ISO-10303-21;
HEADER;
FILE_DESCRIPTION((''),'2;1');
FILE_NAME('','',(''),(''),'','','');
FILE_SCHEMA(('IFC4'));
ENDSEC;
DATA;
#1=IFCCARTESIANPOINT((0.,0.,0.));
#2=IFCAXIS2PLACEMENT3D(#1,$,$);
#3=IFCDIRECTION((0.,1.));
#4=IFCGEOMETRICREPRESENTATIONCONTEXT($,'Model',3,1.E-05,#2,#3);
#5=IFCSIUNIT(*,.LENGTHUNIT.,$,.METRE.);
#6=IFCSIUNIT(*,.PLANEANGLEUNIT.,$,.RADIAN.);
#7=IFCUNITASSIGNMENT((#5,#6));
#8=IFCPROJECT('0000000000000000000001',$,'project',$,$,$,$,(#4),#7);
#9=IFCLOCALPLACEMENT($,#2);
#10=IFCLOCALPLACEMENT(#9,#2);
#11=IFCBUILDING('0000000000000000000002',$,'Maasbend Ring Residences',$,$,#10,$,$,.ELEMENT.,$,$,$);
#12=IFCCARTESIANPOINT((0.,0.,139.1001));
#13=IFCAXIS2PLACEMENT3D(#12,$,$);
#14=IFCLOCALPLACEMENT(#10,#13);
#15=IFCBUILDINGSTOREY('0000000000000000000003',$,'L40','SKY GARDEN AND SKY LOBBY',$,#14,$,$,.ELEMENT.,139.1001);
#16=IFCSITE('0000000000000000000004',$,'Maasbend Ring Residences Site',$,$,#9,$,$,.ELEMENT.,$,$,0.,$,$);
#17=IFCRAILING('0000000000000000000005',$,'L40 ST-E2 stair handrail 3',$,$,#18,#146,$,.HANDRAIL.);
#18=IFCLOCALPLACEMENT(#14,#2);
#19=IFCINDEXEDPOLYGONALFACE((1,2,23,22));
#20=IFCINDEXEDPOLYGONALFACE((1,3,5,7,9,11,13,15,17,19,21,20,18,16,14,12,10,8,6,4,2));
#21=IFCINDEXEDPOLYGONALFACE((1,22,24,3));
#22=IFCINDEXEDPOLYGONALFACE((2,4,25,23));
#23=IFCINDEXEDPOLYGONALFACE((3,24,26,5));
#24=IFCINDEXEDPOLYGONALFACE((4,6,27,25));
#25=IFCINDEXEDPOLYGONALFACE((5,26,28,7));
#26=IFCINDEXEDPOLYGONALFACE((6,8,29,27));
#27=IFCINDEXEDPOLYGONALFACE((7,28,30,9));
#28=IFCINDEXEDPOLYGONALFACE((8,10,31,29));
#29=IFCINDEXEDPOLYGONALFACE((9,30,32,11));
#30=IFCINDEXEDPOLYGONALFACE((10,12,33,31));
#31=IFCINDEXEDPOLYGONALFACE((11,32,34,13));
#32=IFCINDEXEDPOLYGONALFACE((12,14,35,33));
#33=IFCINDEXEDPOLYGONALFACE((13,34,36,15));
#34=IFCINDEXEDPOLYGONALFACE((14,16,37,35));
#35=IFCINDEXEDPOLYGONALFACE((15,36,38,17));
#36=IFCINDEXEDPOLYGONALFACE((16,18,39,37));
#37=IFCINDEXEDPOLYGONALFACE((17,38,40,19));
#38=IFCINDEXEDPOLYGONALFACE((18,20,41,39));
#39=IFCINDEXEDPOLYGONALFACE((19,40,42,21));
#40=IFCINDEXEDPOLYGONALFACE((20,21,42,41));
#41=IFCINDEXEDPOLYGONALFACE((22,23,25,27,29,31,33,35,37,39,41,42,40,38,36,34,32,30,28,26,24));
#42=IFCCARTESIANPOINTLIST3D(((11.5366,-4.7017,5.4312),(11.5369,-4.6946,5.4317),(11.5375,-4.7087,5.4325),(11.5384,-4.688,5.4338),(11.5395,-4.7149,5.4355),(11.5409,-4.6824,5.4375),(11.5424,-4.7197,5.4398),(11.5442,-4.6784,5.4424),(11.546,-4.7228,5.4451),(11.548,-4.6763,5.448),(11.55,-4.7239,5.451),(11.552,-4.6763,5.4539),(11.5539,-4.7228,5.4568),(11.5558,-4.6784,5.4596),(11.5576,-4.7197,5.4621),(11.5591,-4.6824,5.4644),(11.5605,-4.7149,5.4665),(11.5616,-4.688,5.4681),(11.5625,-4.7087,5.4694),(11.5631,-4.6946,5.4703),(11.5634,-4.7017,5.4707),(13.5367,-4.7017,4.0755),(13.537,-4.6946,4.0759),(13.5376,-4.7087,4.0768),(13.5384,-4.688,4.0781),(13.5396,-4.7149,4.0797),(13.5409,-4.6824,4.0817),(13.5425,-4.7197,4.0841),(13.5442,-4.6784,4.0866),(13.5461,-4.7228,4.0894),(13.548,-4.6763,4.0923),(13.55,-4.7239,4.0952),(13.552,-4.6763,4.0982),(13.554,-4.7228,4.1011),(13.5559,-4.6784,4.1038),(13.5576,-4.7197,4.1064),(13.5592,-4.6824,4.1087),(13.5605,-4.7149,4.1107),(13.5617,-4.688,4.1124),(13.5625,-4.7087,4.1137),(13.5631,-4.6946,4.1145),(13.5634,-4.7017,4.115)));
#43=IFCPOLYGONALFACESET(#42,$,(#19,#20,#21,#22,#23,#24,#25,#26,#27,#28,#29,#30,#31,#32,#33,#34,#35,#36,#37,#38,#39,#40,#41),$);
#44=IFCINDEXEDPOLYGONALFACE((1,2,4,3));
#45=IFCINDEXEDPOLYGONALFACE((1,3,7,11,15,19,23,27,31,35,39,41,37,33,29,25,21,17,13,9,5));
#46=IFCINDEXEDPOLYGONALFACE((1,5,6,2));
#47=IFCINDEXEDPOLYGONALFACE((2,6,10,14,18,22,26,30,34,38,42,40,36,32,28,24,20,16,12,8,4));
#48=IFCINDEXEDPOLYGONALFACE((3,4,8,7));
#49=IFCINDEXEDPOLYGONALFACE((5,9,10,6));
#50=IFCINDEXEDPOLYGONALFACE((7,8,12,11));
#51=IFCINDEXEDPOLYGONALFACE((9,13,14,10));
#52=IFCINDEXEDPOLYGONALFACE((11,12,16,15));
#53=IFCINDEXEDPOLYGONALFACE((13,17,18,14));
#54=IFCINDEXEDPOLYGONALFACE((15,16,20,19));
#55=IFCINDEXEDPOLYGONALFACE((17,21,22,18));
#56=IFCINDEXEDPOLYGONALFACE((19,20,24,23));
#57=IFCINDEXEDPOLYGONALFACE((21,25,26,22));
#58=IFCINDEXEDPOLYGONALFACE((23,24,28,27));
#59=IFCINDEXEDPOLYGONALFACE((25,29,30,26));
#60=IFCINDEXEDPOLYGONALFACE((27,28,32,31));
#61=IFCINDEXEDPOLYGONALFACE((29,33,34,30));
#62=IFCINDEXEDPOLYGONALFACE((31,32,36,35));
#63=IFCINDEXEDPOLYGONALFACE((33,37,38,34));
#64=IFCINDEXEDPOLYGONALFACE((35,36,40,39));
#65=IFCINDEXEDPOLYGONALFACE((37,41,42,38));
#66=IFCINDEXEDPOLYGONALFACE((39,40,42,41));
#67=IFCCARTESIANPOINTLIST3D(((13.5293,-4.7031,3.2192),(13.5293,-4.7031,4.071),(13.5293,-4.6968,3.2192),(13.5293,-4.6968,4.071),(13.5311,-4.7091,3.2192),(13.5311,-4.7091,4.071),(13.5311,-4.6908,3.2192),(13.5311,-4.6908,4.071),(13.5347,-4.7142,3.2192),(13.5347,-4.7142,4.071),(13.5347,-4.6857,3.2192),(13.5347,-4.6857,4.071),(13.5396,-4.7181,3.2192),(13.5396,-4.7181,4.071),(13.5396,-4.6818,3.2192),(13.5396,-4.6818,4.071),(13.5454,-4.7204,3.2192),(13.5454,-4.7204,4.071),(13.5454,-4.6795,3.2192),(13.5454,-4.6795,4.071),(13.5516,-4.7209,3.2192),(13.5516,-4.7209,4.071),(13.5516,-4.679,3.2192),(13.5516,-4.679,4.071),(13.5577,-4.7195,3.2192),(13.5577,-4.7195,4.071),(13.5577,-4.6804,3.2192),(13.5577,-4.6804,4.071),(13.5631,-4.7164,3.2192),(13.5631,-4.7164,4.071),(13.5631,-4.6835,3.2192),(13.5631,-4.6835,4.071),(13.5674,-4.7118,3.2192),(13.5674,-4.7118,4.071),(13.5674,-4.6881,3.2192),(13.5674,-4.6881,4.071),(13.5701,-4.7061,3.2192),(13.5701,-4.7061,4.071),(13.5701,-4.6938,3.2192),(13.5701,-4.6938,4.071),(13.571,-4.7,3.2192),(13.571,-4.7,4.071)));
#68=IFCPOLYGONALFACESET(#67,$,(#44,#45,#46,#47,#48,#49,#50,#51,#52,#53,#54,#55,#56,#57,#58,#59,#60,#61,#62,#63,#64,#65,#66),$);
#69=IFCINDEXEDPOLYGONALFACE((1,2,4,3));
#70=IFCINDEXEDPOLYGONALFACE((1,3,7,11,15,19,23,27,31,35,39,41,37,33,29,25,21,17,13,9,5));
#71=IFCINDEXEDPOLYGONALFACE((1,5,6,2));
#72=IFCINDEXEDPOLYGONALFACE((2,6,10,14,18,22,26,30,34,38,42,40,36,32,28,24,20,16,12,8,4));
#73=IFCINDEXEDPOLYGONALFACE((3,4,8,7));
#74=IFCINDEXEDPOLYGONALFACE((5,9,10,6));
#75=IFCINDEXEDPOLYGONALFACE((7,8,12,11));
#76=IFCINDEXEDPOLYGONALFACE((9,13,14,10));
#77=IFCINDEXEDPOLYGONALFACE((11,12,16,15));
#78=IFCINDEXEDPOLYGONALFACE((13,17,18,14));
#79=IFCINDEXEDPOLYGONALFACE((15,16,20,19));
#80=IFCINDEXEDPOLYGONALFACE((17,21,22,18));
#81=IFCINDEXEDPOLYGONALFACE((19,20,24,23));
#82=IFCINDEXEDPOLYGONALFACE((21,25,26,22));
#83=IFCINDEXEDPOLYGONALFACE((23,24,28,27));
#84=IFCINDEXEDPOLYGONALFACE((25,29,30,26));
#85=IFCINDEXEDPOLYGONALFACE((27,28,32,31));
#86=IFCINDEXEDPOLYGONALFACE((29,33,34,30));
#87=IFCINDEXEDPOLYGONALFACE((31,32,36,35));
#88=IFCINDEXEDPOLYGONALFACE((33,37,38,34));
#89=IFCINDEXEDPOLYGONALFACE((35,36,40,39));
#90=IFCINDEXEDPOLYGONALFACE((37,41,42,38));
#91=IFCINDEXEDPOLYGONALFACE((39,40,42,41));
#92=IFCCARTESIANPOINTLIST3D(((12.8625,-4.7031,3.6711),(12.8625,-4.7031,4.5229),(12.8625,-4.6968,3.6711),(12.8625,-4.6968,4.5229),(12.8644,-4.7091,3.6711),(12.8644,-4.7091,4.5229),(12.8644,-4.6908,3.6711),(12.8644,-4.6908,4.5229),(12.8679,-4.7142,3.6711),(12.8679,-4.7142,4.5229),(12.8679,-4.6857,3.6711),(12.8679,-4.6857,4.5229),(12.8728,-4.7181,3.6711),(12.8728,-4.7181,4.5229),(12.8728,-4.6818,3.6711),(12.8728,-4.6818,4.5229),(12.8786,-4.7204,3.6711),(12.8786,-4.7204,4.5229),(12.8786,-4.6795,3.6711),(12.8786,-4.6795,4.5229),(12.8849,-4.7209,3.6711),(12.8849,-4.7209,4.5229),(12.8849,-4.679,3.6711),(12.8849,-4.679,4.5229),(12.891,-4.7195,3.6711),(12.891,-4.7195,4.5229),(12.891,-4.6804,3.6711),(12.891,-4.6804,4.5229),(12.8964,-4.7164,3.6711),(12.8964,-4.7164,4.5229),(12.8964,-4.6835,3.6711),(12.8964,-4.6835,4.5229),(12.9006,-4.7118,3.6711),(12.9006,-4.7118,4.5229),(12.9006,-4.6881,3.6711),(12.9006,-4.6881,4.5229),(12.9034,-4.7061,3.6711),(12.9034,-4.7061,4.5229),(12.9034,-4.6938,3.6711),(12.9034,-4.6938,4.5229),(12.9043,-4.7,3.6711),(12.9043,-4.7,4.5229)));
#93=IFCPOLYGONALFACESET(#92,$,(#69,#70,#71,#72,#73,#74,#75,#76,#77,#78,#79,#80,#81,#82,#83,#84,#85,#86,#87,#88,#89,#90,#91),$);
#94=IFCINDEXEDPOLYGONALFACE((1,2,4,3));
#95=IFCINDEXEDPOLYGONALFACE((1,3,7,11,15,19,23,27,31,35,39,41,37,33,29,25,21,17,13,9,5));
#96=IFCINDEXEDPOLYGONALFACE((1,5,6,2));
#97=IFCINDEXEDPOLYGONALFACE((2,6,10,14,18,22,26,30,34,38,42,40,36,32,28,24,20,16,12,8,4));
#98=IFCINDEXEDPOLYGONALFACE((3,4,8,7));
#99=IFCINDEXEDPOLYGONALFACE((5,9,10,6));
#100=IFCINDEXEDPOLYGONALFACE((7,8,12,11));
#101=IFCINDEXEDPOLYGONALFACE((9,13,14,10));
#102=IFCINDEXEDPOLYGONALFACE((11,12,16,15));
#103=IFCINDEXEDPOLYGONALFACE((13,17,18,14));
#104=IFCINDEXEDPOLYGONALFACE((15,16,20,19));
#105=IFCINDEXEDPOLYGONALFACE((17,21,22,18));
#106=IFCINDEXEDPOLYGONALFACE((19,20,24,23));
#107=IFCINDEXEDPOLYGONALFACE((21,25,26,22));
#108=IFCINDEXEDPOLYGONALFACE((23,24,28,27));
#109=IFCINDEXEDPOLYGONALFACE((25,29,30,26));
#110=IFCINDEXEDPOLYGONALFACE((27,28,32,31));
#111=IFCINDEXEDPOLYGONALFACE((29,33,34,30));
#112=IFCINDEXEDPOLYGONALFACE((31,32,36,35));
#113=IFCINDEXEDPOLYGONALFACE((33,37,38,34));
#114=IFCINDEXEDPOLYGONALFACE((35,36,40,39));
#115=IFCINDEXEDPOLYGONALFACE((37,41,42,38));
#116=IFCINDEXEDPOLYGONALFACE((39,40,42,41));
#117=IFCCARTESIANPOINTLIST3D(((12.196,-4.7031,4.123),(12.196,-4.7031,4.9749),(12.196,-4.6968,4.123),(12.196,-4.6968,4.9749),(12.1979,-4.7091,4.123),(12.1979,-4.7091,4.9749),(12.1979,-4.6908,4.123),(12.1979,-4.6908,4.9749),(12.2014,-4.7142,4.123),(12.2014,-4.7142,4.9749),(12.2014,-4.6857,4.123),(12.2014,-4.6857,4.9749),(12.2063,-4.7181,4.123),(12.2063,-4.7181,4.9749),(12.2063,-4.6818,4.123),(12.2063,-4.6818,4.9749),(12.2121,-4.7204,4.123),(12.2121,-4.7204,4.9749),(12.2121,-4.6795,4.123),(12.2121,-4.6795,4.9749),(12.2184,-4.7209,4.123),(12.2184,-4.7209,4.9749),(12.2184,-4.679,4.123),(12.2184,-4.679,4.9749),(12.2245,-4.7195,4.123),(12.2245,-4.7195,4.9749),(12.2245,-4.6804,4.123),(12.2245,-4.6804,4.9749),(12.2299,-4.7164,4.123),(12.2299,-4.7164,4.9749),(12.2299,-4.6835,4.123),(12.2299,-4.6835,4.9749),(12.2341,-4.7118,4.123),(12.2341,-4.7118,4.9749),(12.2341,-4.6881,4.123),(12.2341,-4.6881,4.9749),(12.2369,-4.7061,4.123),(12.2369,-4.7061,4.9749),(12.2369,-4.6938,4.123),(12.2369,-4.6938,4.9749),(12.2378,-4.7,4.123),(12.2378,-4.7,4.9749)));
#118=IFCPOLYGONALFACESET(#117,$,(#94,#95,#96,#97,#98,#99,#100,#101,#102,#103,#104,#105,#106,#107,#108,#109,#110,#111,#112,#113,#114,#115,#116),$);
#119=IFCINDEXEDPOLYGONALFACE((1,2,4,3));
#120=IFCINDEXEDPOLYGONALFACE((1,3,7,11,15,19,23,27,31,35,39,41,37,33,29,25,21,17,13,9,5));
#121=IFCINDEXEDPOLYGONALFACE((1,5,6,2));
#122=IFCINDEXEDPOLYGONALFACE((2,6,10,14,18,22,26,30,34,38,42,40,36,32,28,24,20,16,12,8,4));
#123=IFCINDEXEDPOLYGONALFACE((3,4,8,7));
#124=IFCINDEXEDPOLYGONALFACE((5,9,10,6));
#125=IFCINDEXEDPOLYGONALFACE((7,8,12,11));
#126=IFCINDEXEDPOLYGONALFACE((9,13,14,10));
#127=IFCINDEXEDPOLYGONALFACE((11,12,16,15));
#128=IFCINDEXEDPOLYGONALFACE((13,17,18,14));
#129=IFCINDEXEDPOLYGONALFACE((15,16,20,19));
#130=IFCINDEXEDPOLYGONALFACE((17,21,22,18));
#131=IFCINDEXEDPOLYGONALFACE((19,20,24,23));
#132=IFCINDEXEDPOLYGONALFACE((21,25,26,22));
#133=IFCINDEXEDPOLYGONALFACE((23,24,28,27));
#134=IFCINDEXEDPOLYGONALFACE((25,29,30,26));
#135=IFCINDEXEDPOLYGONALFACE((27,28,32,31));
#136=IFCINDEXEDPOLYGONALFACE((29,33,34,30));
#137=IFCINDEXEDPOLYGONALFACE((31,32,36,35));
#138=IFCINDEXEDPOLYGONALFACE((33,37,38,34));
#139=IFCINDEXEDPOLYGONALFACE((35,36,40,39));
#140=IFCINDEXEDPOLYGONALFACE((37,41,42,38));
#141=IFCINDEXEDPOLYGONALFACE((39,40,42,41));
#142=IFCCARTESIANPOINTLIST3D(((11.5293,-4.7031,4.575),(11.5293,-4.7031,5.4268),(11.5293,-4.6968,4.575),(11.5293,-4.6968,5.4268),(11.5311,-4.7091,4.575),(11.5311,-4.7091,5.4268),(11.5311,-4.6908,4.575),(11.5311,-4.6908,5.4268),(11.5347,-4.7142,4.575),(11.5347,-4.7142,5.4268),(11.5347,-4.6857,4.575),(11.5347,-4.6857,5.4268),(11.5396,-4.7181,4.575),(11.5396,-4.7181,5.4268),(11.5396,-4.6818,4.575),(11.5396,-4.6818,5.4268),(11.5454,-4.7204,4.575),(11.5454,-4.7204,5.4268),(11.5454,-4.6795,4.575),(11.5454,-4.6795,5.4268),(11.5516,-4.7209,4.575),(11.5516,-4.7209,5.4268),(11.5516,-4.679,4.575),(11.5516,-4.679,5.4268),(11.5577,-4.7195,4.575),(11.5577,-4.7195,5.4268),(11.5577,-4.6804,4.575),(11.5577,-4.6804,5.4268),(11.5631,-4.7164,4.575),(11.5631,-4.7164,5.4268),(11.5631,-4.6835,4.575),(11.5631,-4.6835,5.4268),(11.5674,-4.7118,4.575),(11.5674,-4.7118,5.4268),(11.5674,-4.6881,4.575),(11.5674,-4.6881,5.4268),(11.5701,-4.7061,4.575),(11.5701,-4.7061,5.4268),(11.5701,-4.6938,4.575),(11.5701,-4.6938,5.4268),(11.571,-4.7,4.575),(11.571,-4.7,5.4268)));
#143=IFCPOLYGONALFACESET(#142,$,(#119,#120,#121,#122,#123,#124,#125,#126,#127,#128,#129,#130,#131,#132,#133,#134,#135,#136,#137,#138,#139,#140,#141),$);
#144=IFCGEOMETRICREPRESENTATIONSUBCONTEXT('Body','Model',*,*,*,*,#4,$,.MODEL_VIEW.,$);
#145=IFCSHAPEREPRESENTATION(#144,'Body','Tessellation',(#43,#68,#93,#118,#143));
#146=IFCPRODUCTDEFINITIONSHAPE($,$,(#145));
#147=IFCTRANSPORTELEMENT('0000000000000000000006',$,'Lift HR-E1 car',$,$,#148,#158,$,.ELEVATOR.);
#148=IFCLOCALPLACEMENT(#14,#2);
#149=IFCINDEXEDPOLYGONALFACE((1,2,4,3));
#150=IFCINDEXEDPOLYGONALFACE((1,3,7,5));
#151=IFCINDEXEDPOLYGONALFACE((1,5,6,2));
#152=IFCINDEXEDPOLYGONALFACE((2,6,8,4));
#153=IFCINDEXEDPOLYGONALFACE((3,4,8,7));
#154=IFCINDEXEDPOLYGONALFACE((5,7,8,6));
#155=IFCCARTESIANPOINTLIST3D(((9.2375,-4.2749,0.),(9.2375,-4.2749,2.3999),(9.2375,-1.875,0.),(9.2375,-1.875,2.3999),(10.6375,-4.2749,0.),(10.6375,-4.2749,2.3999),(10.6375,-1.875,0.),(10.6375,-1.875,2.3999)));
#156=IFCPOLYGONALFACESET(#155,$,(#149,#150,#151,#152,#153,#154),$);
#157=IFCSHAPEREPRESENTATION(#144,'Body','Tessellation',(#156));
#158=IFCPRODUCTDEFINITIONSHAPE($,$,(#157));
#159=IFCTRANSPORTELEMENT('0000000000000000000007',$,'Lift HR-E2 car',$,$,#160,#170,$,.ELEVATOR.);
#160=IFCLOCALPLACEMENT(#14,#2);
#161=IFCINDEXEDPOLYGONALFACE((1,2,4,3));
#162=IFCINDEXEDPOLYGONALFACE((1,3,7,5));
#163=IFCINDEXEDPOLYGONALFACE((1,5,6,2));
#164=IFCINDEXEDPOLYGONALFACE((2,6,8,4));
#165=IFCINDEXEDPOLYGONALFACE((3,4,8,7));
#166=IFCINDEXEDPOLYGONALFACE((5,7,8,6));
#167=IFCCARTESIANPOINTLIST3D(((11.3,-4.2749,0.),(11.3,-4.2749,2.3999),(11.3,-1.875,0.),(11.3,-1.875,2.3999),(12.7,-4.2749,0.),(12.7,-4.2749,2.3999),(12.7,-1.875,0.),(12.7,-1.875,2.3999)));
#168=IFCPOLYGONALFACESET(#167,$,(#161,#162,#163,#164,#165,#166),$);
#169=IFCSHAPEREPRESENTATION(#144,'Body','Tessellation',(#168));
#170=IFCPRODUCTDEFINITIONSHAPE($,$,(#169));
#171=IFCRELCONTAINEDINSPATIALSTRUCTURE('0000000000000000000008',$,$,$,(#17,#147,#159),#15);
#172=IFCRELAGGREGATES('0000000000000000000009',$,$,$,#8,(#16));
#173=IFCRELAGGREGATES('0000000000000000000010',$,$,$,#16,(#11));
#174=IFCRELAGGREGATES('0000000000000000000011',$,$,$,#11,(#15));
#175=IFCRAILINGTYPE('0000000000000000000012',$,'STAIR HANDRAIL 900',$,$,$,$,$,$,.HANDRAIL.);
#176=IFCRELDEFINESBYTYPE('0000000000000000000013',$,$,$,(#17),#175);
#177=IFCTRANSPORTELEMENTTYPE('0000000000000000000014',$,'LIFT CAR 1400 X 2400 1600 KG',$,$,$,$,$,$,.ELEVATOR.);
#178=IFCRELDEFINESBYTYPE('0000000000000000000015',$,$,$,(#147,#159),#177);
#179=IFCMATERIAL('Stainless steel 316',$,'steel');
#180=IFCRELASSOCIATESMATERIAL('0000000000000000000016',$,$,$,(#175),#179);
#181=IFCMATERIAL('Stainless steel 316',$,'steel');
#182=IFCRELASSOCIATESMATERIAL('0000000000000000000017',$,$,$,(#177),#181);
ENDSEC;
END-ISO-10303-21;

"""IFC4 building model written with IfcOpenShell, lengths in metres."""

from ifc_helpers import new_model, si_unit, direction, frame, origin, origin_2d, place, context, subcontext, project, spatial, rectangle, circle, extrude, material, type_object, element, save


model = new_model("IFC4")

# Units and contexts
model_context = context("Model", 3, precision=1e-05, world=origin(), true_north=direction((0.0, 1.0)))
body_context = subcontext(model_context, "Body", "Model", "MODEL_VIEW")
ifc_project = project(units=[si_unit("LENGTHUNIT", "METRE"), si_unit("PLANEANGLEUNIT", "RADIAN")], contexts=[model_context])

# Site, building, storey
site_placement = place(None, origin())
site = spatial("IfcSite", under=ifc_project, at=site_placement, Name="Maasbend Ring Residences Site", CompositionType="ELEMENT", RefElevation=0.0)
building_placement = place(site_placement, origin())
building = spatial("IfcBuilding", under=site, at=building_placement, Name="Maasbend Ring Residences", CompositionType="ELEMENT")
storey_placement = place(building_placement, frame((0.0, 0.0, 139.1001)))
storey = spatial("IfcBuildingStorey", under=building, at=storey_placement, Name="L40", Description="SKY GARDEN AND SKY LOBBY", CompositionType="ELEMENT", Elevation=139.1001)

# Railing
ifc_material_1 = material(Name="Stainless steel 316", Category="steel")
railing_type_1 = type_object("IfcRailingType", Name="STAIR HANDRAIL 900", PredefinedType="HANDRAIL", material=ifc_material_1)
railing_1_placement = place(storey_placement, frame((13.55, -4.7, 3.2192)))
element("IfcRailing", 1, at=railing_1_placement, inside=storey, type_object=railing_type_1, Name="L40 ST-E2 stair handrail 3", PredefinedType="HANDRAIL", context=body_context, shape_type="SweptSolid", body=[
    extrude(circle(Radius=0.0239, at=origin_2d()), frame((0.0, 0.0, 0.876), z_axis=(-0.827751, 0.0, 0.561096), x_axis=(0.0, -1.0, 0.0)), (0.0, 0.0, 1.0), 2.4163),
    extrude(circle(Radius=0.021, at=origin_2d()), origin(), (0.0, 0.0, 1.0), 0.8518),
    extrude(circle(Radius=0.021, at=origin_2d()), frame((-0.6667, 0.0, 0.4519)), (0.0, 0.0, 1.0), 0.8518),
    extrude(circle(Radius=0.021, at=origin_2d()), frame((-1.3333, 0.0, 0.9038)), (0.0, 0.0, 1.0), 0.8518),
    extrude(circle(Radius=0.021, at=origin_2d()), frame((-2.0, 0.0, 1.3557)), (0.0, 0.0, 1.0), 0.8518),
])

# Transport elements
ifc_material_2 = material(Name="Stainless steel 316", Category="steel")
transport_element_type = type_object("IfcTransportElementType", Name="LIFT CAR 1400 X 2400 1600 KG", PredefinedType="ELEVATOR", material=ifc_material_2)
for number, where, z_axis, x_axis, name in (
    (2, (9.9375, -3.075, 0.0), (0.0, 0.0, 1.0), (1.0, 0.0, 0.0), "Lift HR-E1 car"),
    (3, (12.0, -3.075, 0.0), (0.0, 0.0, 1.0), (1.0, 0.0, 0.0), "Lift HR-E2 car"),
):
    element("IfcTransportElement", number, at=place(storey_placement, frame(where, z_axis=z_axis, x_axis=x_axis)), inside=storey, type_object=transport_element_type, Name=name, PredefinedType="ELEVATOR", context=body_context, shape_type="SweptSolid", body=[
        extrude(rectangle(XDim=1.3999, YDim=2.3999, at=origin_2d()), origin(), (0.0, 0.0, 1.0), 2.3999),
    ])

save(model, "model.ifc")
